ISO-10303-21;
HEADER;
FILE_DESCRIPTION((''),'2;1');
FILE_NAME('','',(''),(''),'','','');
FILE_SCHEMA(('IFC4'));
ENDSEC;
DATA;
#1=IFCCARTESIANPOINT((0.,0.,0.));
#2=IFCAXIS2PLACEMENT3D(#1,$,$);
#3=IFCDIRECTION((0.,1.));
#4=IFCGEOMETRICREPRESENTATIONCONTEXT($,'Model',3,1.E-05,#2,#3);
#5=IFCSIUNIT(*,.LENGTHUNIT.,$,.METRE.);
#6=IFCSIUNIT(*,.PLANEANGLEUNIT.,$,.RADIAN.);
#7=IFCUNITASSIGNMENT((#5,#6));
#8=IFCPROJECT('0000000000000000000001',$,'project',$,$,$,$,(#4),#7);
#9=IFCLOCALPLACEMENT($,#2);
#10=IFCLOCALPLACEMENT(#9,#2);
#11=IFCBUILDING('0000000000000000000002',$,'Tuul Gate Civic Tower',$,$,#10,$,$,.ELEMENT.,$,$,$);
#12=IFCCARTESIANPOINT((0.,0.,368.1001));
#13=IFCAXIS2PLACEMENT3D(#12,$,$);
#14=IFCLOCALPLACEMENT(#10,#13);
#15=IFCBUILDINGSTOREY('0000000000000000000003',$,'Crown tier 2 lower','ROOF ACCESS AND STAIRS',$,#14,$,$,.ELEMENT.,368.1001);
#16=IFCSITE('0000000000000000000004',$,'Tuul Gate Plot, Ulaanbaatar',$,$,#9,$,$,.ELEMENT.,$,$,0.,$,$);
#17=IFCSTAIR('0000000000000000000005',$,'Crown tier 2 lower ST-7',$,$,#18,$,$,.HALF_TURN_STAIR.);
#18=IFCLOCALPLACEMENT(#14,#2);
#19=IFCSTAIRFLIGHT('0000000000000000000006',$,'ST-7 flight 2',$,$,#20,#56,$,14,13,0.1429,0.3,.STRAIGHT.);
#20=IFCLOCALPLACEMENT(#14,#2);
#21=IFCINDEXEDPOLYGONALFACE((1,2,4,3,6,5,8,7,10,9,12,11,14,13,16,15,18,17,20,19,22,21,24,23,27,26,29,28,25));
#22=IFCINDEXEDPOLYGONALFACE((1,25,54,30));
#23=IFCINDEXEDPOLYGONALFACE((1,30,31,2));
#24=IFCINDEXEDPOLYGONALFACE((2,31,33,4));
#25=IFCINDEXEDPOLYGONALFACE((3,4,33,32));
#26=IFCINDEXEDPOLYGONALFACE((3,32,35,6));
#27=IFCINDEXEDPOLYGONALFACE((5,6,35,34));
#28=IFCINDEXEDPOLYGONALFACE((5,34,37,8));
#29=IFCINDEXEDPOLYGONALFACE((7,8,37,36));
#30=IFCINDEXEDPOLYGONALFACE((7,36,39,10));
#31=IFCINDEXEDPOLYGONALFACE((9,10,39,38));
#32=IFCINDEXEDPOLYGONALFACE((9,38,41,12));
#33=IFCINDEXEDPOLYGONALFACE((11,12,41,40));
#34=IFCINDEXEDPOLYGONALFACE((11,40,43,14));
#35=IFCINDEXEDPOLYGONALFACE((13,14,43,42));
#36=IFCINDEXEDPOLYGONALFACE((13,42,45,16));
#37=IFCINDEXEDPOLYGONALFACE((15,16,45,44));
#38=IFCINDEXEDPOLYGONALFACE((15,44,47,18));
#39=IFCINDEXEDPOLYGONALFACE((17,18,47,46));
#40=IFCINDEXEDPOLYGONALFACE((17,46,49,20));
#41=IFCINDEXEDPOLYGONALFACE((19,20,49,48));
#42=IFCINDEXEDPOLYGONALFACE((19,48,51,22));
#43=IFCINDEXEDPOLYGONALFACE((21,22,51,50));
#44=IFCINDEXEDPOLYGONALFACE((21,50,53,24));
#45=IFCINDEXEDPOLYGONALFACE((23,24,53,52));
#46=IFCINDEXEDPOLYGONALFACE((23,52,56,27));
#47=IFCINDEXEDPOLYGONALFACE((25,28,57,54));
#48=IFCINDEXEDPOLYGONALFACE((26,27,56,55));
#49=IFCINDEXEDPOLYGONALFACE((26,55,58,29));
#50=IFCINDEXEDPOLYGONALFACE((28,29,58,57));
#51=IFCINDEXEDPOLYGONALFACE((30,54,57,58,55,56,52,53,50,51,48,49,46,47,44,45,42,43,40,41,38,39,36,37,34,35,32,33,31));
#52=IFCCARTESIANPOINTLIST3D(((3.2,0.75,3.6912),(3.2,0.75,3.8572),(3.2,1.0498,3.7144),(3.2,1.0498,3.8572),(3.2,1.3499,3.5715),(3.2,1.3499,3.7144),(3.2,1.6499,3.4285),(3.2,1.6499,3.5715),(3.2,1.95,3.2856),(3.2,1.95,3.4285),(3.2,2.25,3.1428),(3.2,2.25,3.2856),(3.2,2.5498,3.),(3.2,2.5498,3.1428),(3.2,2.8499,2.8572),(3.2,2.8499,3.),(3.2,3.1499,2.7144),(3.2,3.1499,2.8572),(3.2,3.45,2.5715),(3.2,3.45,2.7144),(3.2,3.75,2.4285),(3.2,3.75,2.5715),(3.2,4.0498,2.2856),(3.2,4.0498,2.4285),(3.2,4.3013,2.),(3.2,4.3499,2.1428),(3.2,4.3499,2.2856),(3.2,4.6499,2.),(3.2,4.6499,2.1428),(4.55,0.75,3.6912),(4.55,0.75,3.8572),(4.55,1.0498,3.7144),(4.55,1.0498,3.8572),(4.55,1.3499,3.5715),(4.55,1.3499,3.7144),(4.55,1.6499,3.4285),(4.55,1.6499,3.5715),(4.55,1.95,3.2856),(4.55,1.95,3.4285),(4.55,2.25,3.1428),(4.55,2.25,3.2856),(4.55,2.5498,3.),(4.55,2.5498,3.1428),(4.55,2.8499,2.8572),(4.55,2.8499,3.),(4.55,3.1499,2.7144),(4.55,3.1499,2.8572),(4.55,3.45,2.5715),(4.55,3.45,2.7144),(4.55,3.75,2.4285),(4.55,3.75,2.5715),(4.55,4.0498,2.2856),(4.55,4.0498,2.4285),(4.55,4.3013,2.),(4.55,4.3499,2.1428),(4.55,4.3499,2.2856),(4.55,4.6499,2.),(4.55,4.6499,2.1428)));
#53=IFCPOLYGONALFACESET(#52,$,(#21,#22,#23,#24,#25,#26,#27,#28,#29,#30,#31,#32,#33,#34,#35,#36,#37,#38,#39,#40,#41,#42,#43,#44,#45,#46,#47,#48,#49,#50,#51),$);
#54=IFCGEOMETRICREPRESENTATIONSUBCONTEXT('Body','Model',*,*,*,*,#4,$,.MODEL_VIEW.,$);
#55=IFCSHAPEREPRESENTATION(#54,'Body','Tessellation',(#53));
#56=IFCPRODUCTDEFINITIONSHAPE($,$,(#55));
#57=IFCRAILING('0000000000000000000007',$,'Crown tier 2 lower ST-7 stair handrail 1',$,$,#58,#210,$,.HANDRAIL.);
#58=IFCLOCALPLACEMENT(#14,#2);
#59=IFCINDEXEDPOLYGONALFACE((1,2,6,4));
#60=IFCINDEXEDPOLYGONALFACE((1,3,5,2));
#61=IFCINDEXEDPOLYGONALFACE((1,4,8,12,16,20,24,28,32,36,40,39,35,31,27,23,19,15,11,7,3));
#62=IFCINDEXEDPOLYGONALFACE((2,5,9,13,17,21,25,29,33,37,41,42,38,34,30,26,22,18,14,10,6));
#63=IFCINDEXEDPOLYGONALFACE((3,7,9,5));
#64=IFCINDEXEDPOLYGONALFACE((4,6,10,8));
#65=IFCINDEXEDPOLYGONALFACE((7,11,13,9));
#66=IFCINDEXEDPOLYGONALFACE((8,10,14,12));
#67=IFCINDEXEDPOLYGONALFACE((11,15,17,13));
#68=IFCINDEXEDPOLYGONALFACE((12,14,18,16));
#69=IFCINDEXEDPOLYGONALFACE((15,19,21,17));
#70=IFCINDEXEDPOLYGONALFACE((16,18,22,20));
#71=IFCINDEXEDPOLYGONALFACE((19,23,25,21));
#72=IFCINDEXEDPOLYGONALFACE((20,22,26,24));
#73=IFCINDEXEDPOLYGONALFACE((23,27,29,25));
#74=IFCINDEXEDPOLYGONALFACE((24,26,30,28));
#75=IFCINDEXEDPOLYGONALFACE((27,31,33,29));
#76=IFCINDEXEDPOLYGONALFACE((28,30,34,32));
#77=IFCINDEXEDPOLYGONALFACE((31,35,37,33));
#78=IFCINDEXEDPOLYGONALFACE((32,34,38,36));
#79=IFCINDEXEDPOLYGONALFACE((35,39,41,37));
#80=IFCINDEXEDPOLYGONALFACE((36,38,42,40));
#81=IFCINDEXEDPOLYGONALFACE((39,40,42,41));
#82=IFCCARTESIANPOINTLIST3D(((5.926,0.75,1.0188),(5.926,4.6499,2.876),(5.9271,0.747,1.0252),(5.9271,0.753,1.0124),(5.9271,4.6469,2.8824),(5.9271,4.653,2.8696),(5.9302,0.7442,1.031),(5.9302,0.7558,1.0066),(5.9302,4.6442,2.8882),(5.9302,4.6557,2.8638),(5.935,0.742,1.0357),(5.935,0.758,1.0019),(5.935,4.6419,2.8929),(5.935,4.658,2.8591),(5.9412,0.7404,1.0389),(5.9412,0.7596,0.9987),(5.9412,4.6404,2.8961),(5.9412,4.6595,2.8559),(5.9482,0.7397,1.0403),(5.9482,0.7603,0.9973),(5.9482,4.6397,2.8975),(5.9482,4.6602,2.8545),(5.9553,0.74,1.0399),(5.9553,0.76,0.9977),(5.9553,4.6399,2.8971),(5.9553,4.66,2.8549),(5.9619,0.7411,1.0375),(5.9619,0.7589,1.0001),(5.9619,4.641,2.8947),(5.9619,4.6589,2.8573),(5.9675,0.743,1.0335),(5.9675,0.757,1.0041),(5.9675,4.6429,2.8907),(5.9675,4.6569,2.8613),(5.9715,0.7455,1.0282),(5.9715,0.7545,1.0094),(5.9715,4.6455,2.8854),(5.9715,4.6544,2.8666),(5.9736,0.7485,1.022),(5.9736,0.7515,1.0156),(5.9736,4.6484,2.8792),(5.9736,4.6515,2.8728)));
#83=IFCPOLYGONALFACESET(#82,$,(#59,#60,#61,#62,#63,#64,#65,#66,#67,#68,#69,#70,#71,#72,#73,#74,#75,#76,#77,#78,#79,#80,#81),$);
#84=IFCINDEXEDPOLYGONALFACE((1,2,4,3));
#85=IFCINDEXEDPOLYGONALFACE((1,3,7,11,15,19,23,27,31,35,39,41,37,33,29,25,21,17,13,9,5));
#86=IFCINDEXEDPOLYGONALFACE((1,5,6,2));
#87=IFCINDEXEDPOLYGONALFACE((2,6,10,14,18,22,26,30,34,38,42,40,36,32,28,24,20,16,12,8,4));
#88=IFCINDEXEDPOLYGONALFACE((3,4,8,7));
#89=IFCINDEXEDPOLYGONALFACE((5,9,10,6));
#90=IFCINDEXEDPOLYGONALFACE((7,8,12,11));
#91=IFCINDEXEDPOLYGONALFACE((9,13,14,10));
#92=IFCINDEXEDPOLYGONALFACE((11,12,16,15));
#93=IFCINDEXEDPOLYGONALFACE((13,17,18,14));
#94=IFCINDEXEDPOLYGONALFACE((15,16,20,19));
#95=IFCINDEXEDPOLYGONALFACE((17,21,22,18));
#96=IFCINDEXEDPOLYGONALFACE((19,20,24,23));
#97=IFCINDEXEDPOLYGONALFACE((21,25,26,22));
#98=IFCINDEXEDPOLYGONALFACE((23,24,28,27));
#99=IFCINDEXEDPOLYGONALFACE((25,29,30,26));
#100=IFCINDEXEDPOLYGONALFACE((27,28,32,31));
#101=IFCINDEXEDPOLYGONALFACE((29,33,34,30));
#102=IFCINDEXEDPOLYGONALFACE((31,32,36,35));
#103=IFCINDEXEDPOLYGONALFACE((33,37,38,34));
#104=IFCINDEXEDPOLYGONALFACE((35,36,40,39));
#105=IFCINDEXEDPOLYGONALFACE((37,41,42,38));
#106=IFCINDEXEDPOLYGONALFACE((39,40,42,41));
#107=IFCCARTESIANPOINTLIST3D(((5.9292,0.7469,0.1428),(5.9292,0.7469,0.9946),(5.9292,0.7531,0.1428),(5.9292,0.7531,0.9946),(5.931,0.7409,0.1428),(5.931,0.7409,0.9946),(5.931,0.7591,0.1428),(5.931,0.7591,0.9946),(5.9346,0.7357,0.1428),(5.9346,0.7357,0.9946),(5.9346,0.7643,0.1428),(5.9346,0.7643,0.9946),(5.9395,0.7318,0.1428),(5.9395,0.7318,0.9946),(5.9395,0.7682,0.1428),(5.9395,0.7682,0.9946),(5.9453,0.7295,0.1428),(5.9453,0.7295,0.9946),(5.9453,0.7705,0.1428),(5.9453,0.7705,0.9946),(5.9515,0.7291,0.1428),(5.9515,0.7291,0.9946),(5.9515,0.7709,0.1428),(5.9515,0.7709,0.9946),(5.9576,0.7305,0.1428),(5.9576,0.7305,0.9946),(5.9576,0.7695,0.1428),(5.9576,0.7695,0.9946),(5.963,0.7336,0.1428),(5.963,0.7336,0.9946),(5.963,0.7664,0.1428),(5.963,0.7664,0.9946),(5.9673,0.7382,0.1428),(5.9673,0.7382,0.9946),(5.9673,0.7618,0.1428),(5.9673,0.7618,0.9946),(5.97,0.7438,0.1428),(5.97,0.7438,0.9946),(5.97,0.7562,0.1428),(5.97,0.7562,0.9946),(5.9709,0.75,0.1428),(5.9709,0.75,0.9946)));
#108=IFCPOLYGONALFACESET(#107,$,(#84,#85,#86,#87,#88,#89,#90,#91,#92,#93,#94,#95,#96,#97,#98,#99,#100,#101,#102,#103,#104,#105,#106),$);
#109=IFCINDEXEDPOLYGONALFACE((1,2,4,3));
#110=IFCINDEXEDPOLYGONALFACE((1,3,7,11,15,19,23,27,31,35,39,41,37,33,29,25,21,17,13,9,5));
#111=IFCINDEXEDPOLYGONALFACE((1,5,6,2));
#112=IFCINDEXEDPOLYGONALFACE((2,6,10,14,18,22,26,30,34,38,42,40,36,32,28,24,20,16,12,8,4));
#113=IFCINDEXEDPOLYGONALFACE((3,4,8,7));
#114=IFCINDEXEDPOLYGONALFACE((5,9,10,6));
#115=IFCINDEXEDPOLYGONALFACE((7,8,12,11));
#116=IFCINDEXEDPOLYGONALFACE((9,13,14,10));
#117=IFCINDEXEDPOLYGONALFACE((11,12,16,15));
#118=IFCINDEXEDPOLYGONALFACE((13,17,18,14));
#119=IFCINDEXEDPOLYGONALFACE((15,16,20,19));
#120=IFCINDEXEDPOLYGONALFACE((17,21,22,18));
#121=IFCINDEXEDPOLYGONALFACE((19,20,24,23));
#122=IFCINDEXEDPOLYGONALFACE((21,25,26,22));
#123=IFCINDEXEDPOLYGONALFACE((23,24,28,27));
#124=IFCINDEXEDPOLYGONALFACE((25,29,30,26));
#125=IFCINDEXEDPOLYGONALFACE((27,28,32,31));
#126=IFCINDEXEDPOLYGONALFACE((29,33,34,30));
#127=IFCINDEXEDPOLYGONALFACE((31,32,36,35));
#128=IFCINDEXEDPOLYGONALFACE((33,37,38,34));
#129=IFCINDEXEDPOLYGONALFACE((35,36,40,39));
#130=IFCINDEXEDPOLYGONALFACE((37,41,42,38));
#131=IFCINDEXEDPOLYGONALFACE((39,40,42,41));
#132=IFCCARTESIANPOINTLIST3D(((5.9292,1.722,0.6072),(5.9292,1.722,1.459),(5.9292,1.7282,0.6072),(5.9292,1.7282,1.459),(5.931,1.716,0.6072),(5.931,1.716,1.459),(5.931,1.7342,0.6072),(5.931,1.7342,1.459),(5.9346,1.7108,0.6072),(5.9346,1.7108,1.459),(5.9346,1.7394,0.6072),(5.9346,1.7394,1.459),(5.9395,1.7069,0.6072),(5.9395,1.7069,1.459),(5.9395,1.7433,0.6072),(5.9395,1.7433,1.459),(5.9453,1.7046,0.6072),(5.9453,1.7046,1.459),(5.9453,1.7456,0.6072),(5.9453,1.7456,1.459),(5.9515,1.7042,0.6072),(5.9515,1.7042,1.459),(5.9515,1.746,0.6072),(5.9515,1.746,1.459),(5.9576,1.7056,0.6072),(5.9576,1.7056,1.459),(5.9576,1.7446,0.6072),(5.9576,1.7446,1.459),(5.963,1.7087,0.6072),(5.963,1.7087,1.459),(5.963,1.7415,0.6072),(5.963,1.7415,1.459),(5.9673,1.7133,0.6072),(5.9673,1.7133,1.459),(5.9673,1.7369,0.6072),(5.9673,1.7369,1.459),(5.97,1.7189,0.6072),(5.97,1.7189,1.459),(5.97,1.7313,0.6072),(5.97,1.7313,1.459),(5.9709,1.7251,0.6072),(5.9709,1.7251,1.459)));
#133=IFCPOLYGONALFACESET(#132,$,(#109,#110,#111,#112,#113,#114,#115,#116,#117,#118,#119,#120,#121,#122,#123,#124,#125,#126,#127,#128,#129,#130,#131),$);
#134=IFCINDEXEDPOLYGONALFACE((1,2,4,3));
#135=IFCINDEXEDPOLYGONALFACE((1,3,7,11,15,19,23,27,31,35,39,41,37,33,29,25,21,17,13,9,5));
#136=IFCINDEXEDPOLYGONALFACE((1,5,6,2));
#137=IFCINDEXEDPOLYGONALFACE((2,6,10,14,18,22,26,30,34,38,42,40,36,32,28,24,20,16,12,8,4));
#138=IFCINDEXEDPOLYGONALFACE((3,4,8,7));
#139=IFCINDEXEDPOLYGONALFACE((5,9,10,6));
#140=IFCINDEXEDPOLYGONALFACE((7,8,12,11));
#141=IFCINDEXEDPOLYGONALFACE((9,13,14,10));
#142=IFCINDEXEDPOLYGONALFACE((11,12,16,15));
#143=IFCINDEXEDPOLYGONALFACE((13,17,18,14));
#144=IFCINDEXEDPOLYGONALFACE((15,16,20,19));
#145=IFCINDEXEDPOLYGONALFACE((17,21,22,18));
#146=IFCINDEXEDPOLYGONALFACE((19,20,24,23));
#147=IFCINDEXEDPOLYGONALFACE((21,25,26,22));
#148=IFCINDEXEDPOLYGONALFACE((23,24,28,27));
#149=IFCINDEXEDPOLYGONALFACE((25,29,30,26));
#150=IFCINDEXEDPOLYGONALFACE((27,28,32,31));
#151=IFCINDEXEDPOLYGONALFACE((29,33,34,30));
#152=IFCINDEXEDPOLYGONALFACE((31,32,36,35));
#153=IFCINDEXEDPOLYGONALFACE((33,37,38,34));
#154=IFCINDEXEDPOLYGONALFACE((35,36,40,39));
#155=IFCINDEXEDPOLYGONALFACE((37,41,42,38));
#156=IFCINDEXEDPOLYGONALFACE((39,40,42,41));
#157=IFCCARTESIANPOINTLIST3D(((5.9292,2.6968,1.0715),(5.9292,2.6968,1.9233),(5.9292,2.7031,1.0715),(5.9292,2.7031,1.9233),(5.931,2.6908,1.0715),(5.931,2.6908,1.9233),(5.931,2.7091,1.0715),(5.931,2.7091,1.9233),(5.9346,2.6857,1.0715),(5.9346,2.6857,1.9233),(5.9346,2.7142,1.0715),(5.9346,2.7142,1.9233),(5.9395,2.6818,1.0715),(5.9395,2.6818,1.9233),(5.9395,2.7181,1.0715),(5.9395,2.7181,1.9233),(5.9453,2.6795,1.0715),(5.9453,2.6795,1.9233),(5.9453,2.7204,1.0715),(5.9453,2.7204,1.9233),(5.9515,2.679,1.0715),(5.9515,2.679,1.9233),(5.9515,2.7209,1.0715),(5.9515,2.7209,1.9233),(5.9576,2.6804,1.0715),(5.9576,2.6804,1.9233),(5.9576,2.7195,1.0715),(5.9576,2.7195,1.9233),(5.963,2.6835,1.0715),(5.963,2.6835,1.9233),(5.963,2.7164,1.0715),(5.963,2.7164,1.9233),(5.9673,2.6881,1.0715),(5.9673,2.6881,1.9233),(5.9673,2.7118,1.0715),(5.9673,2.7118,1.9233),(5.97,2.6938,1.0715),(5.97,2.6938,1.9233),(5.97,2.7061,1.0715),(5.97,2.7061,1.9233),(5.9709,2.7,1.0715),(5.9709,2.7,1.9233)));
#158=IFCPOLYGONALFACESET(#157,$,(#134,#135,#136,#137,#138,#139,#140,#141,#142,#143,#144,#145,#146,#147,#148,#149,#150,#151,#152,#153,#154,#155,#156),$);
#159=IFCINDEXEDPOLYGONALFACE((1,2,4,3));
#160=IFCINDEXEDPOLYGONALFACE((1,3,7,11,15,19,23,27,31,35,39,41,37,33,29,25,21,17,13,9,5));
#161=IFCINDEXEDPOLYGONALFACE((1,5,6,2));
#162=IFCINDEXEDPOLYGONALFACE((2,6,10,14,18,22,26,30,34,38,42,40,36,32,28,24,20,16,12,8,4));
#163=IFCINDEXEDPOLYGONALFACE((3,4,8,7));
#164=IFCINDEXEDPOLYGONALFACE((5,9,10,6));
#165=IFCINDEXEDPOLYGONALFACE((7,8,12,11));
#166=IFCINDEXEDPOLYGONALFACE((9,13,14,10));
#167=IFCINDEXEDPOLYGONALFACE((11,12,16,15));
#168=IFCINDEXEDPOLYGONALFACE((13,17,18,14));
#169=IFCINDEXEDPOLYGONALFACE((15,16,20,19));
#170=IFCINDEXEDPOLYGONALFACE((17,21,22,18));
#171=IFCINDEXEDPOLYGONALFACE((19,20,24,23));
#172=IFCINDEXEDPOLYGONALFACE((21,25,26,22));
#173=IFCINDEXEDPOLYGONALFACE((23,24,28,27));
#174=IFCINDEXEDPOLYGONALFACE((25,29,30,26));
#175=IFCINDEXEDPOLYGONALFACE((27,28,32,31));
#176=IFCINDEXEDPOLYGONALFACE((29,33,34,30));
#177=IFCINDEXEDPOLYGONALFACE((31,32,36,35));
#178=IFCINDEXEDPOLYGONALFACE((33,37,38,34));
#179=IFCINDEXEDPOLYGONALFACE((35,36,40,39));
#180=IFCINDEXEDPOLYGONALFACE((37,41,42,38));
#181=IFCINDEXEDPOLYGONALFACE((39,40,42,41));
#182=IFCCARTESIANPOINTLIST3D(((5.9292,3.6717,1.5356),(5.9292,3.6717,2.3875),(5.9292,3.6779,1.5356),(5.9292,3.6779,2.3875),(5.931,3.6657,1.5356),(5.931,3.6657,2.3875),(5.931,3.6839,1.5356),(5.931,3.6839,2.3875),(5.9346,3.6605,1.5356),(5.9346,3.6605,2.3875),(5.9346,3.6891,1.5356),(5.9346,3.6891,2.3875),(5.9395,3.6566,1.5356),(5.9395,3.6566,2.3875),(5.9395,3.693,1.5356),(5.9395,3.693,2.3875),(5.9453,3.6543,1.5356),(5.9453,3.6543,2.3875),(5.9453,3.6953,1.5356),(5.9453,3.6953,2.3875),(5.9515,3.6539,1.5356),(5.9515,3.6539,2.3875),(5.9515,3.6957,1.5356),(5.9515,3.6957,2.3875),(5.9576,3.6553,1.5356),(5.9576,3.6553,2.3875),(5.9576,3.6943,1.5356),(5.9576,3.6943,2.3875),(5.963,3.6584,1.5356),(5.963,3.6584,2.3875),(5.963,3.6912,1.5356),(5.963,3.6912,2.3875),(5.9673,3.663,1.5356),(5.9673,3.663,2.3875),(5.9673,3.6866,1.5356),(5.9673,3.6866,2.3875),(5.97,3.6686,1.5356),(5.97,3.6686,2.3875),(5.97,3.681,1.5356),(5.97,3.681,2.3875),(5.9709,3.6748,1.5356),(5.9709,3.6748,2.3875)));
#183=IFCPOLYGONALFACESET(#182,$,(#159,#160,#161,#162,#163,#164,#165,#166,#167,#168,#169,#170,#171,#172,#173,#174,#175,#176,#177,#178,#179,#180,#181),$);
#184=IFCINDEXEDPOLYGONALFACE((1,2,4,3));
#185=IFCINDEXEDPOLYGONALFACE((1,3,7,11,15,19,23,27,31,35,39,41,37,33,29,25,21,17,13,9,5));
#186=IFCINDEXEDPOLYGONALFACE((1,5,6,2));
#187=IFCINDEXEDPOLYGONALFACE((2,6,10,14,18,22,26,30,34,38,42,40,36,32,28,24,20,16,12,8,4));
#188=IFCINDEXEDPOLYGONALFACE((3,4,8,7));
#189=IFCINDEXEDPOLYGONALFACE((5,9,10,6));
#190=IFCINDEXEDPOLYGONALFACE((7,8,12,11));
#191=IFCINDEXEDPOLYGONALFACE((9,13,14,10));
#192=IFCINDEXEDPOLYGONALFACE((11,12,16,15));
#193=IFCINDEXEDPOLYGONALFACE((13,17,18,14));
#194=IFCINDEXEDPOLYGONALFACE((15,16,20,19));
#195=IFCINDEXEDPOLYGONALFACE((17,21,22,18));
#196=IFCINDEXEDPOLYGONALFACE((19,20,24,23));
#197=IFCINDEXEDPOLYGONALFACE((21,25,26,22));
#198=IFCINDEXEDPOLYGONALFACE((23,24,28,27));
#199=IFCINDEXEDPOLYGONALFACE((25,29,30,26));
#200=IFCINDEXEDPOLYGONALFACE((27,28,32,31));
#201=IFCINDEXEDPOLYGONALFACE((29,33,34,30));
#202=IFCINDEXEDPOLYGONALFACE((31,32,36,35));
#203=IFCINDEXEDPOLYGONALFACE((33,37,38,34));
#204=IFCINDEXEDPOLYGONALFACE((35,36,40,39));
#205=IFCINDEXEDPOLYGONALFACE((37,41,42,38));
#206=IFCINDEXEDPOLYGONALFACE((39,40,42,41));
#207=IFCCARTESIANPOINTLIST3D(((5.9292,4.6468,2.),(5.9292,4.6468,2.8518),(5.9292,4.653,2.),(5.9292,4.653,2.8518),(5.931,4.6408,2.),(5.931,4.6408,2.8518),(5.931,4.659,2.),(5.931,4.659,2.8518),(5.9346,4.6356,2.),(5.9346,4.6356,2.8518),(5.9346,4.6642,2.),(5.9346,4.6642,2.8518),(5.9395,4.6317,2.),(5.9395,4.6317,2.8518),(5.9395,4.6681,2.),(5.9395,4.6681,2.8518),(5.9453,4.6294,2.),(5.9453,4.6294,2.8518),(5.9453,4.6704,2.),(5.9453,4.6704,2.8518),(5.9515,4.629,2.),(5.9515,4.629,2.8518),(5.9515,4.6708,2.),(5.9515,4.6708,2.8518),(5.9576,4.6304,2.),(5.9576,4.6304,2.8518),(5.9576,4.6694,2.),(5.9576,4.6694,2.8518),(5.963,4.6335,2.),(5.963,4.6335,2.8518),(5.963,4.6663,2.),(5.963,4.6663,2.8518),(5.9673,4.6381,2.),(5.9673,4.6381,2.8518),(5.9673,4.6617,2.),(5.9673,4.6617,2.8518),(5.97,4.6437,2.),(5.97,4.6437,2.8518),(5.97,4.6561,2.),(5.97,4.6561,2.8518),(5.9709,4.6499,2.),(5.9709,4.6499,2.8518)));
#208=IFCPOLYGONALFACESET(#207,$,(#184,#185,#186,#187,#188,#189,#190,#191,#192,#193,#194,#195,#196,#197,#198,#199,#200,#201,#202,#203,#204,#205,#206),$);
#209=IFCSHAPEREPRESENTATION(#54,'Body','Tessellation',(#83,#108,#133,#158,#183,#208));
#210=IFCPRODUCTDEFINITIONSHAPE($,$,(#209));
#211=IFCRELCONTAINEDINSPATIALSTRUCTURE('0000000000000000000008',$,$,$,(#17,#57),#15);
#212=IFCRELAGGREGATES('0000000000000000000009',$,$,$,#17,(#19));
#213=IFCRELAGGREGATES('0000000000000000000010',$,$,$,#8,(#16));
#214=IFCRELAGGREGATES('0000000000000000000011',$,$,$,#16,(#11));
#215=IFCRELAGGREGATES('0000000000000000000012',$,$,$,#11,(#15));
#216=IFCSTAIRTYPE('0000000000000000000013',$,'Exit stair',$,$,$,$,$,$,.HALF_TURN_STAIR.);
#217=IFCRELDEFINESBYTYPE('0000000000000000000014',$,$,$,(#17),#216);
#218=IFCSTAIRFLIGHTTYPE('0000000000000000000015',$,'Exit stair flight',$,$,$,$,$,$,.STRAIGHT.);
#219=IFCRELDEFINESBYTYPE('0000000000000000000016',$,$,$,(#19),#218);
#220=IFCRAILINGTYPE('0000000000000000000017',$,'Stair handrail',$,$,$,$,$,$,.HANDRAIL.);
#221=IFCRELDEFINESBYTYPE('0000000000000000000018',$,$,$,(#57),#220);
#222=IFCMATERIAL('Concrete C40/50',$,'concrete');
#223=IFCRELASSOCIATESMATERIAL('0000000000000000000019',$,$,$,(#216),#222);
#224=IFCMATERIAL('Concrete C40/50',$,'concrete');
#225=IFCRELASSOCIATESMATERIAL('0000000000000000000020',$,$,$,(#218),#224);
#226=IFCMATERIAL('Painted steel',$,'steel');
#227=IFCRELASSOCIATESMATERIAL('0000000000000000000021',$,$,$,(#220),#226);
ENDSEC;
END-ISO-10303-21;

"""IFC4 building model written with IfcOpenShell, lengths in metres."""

from ifc_helpers import new_model, si_unit, direction, frame, origin, origin_2d, place, context, subcontext, project, spatial, polyline, circle, outline, extrude, material, type_object, element, aggregate, save


model = new_model("IFC4")

# Units and contexts
model_context = context("Model", 3, precision=1e-05, world=origin(), true_north=direction((0.0, 1.0)))
body_context = subcontext(model_context, "Body", "Model", "MODEL_VIEW")
ifc_project = project(units=[si_unit("LENGTHUNIT", "METRE"), si_unit("PLANEANGLEUNIT", "RADIAN")], contexts=[model_context])

# Site, building, storey
site_placement = place(None, origin())
site = spatial("IfcSite", under=ifc_project, at=site_placement, Name="Tuul Gate Plot, Ulaanbaatar", CompositionType="ELEMENT", RefElevation=0.0)
building_placement = place(site_placement, origin())
building = spatial("IfcBuilding", under=site, at=building_placement, Name="Tuul Gate Civic Tower", CompositionType="ELEMENT")
storey_placement = place(building_placement, frame((0.0, 0.0, 368.1001)))
storey = spatial("IfcBuildingStorey", under=building, at=storey_placement, Name="Crown tier 2 lower", Description="ROOF ACCESS AND STAIRS", CompositionType="ELEMENT", Elevation=368.1001)

# Stair, stair flight
ifc_material_1 = material(Name="Concrete C40/50", Category="concrete")
stair_type = type_object("IfcStairType", Name="Exit stair", PredefinedType="HALF_TURN_STAIR", material=ifc_material_1)
stair_placement = place(storey_placement, origin())
stair = element("IfcStair", 1, at=stair_placement, inside=storey, type_object=stair_type, Name="Crown tier 2 lower ST-7", PredefinedType="HALF_TURN_STAIR")
ifc_material_2 = material(Name="Concrete C40/50", Category="concrete")
stair_flight_type = type_object("IfcStairFlightType", Name="Exit stair flight", PredefinedType="STRAIGHT", material=ifc_material_2)
stair_flight_1_placement = place(storey_placement, frame((3.875, 4.6499, 2.0), z_axis=(0.0, 0.0, 1.0), x_axis=(0.0, -1.0, 0.0)))
stair_flight_1 = element("IfcStairFlight", 2, at=stair_flight_1_placement, type_object=stair_flight_type, Name="ST-7 flight 2", NumberOfRisers=14, NumberOfTreads=13, PredefinedType="STRAIGHT", RiserHeight=0.1429, TreadLength=0.3, context=body_context, shape_type="SweptSolid", body=[
    extrude(outline(polyline([(0.0, 0.0), (0.0, 0.1428), (0.3, 0.1428), (0.3, 0.2856), (0.6001, 0.2856), (0.6001, 0.4285), (0.8999, 0.4285), (0.8999, 0.5715), (1.2, 0.5715), (1.2, 0.7144), (1.5, 0.7144), (1.5, 0.8572), (1.8, 0.8572), (1.8, 1.0), (2.1001, 1.0), (2.1001, 1.1428), (2.3999, 1.1428), (2.3999, 1.2856), (2.7, 1.2856), (2.7, 1.4285), (3.0, 1.4285), (3.0, 1.5715), (3.3, 1.5715), (3.3, 1.7144), (3.6001, 1.7144), (3.6001, 1.8572), (3.8999, 1.8572), (3.8999, 2.0), (3.8999, 1.6912), (0.3486, 0.0), (0.0, 0.0)])), frame((0.0, 0.675, 0.0), z_axis=(0.0, -1.0, 0.0), x_axis=(1.0, 0.0, 0.0)), (0.0, 0.0, 1.0), 1.3501),
])
aggregate(stair, [stair_flight_1])

# Railing
ifc_material_3 = material(Name="Painted steel", Category="steel")
railing_type_1 = type_object("IfcRailingType", Name="Stair handrail", PredefinedType="HANDRAIL", material=ifc_material_3)
railing_1_placement = place(storey_placement, frame((5.95, 0.75, 0.1428)))
element("IfcRailing", 3, at=railing_1_placement, inside=storey, type_object=railing_type_1, Name="Crown tier 2 lower ST-7 stair handrail 1", PredefinedType="HANDRAIL", context=body_context, shape_type="SweptSolid", body=[
    extrude(circle(Radius=0.0239, at=origin_2d()), frame((0.0, 0.0, 0.876), z_axis=(0.0, 0.902853, 0.429949), x_axis=(-1.0, 0.0, 0.0)), (0.0, 0.0, 1.0), 4.3196),
    extrude(circle(Radius=0.021, at=origin_2d()), origin(), (0.0, 0.0, 1.0), 0.8518),
    extrude(circle(Radius=0.021, at=origin_2d()), frame((0.0, 0.9751, 0.4644)), (0.0, 0.0, 1.0), 0.8518),
    extrude(circle(Radius=0.021, at=origin_2d()), frame((0.0, 1.95, 0.9287)), (0.0, 0.0, 1.0), 0.8518),
    extrude(circle(Radius=0.021, at=origin_2d()), frame((0.0, 2.9248, 1.3928)), (0.0, 0.0, 1.0), 0.8518),
    extrude(circle(Radius=0.021, at=origin_2d()), frame((0.0, 3.8999, 1.8572)), (0.0, 0.0, 1.0), 0.8518),
])

save(model, "model.ifc")
